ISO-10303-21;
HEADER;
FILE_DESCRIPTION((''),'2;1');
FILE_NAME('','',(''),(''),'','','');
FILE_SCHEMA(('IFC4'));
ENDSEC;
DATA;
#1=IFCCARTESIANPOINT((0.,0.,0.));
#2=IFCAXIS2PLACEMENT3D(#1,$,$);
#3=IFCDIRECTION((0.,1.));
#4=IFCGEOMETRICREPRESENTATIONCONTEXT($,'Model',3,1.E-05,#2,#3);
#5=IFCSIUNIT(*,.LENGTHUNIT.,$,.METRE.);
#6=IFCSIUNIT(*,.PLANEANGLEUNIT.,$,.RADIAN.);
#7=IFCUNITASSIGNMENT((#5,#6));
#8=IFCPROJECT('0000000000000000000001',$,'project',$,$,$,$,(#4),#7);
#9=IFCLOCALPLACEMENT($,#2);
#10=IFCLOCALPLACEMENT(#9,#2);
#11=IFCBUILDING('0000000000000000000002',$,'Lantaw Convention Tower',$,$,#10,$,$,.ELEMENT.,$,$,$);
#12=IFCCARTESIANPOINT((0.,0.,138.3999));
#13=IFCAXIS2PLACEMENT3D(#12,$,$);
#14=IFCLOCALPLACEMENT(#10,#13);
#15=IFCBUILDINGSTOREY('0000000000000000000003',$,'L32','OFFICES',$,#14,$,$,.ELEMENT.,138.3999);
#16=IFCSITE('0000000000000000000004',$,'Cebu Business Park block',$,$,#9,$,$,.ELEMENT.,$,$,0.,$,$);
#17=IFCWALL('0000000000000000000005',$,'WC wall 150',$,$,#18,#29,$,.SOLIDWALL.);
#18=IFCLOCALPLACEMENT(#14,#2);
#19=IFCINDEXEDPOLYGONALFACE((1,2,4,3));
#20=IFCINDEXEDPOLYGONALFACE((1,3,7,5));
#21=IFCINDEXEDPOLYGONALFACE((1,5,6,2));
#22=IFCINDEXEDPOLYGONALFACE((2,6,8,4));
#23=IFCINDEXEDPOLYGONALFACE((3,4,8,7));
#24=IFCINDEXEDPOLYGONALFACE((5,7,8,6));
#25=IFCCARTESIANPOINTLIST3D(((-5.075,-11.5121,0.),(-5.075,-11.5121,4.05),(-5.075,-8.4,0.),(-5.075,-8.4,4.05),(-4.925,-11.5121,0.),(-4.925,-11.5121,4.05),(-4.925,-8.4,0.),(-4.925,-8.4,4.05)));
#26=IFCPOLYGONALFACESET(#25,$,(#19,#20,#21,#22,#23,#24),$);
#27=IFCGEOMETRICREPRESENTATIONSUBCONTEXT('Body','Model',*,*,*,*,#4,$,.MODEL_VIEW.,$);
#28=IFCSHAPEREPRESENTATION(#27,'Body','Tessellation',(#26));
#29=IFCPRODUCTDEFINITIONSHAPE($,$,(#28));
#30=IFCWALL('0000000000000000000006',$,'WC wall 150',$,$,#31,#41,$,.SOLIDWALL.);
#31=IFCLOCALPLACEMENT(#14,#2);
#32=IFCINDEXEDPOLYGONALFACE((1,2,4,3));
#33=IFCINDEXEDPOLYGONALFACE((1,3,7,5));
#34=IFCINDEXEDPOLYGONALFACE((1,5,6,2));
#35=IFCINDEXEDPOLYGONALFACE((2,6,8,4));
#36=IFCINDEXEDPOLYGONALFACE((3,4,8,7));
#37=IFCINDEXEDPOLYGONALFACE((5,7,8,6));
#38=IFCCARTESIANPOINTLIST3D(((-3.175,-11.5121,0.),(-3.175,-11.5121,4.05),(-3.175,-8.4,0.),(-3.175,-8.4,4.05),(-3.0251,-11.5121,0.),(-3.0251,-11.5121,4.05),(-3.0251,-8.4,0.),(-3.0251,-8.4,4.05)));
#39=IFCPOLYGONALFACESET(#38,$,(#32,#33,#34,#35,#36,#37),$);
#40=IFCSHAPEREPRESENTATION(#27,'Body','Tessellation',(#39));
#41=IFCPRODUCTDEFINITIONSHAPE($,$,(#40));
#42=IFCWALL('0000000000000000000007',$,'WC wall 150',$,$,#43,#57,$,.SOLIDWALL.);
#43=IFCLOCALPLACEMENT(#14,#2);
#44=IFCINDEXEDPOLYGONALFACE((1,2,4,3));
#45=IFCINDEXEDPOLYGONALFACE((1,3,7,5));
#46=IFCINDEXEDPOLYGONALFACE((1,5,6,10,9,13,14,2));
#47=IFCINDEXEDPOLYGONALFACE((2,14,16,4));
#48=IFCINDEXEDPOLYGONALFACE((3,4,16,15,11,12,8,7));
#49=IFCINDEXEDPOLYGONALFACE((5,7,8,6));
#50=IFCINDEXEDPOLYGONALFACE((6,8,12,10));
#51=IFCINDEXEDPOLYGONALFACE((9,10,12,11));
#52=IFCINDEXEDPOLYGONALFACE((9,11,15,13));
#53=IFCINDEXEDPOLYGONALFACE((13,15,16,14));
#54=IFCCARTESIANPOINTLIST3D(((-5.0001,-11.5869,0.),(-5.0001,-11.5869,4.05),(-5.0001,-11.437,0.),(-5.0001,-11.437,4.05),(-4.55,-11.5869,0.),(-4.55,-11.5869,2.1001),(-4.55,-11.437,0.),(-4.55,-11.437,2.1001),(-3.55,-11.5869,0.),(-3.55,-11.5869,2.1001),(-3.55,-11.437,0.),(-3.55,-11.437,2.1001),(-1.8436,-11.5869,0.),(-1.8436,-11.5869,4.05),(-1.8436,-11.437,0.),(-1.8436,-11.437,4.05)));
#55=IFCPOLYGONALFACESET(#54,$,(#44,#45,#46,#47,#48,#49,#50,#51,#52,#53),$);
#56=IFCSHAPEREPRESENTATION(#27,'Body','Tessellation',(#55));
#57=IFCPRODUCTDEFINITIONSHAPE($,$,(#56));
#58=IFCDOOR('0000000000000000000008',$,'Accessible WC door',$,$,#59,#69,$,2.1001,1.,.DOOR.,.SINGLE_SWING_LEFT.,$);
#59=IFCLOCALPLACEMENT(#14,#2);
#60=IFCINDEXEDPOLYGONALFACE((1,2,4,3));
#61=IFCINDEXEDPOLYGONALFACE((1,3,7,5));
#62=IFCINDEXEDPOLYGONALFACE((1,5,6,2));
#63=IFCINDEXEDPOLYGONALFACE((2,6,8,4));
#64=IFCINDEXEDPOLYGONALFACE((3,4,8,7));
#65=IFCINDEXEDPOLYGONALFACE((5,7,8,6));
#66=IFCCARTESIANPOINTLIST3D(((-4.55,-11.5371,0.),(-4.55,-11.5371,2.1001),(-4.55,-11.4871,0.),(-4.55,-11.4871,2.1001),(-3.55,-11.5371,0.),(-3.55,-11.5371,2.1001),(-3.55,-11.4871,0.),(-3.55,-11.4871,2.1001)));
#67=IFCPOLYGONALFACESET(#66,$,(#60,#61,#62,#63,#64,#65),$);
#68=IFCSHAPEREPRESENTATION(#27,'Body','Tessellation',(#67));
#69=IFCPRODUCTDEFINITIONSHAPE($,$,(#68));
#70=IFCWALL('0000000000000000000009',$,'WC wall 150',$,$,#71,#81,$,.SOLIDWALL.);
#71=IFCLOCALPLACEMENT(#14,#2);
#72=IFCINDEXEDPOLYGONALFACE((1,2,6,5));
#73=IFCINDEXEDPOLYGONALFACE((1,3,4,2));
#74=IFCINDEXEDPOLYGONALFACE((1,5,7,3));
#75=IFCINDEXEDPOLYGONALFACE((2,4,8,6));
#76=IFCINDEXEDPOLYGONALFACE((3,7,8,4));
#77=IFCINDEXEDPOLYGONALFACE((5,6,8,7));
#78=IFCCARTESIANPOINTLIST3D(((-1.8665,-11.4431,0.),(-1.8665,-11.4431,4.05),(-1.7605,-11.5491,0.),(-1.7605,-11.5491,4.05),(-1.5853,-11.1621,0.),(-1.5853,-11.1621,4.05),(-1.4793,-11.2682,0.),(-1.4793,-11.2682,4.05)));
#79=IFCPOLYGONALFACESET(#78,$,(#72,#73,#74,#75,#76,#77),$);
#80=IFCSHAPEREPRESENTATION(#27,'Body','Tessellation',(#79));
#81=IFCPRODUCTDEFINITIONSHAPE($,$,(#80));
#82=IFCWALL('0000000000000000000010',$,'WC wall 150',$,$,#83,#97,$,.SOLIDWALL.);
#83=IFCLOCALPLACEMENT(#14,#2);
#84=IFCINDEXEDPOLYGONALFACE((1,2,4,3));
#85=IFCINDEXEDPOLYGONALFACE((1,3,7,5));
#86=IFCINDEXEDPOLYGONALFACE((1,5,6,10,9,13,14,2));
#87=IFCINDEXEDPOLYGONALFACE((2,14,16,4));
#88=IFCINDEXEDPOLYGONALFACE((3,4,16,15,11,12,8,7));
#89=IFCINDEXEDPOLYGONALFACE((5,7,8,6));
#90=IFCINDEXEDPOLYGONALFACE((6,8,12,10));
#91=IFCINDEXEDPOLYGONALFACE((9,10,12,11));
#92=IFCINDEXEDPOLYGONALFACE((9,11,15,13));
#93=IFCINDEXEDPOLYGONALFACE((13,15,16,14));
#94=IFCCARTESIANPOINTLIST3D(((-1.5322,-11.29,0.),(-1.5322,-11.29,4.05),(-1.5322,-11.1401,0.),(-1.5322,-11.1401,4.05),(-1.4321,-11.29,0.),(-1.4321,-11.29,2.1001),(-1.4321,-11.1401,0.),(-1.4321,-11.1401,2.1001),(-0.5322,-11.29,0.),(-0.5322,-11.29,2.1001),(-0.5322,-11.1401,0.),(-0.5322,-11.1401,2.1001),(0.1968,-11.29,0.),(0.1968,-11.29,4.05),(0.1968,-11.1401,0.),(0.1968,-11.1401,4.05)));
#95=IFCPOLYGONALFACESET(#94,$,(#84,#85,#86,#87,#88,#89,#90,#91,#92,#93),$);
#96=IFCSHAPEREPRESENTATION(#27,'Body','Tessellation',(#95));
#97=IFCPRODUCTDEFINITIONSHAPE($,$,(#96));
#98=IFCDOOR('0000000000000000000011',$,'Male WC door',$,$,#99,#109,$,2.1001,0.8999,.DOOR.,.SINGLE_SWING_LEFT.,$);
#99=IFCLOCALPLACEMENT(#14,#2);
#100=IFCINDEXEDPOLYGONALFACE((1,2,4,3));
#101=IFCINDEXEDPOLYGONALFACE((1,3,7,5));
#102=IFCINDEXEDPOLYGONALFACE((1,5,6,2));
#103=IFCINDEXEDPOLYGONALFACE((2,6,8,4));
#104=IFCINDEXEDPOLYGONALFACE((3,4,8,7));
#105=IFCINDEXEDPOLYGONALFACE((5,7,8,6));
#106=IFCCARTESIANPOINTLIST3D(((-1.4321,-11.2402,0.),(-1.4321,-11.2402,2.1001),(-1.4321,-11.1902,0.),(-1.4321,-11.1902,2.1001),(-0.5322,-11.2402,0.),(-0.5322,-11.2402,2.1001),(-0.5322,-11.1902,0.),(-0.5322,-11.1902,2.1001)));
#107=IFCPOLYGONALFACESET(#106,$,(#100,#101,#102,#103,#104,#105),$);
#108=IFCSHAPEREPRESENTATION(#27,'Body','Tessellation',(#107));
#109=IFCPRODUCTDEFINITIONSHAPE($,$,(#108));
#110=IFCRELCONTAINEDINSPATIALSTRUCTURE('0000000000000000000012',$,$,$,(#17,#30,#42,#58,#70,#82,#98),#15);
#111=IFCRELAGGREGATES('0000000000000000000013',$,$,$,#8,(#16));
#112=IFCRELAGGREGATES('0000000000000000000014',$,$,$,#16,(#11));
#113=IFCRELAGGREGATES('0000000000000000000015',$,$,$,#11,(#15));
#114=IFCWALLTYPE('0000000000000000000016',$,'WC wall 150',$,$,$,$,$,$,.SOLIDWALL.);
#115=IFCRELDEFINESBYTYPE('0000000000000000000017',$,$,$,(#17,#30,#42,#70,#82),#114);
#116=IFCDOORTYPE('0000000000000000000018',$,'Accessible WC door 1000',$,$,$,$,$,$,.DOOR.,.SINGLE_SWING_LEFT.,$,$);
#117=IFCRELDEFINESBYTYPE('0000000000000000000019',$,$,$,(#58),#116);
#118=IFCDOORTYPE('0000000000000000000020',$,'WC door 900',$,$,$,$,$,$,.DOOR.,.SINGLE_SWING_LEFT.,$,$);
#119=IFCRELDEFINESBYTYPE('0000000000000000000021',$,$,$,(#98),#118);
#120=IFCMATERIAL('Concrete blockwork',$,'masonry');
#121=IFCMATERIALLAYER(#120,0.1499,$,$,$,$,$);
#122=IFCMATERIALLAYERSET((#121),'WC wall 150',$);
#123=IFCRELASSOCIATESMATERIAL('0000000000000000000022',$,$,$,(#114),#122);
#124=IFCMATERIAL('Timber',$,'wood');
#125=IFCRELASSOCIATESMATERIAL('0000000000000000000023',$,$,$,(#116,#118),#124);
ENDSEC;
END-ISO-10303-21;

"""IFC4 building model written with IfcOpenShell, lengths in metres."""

from ifc_helpers import new_model, si_unit, direction, frame, frame_2d, origin, place, context, subcontext, project, spatial, rectangle, extrude, material, layer, layer_set, type_object, element, fill, save


model = new_model("IFC4")

# Units and contexts
model_context = context("Model", 3, precision=1e-05, world=origin(), true_north=direction((0.0, 1.0)))
body_context = subcontext(model_context, "Body", "Model", "MODEL_VIEW")
ifc_project = project(units=[si_unit("LENGTHUNIT", "METRE"), si_unit("PLANEANGLEUNIT", "RADIAN")], contexts=[model_context])

# Site, building, storey
site_placement = place(None, origin())
site = spatial("IfcSite", under=ifc_project, at=site_placement, Name="Cebu Business Park block", CompositionType="ELEMENT", RefElevation=0.0)
building_placement = place(site_placement, origin())
building = spatial("IfcBuilding", under=site, at=building_placement, Name="Lantaw Convention Tower", CompositionType="ELEMENT")
storey_placement = place(building_placement, frame((0.0, 0.0, 138.3999)))
storey = spatial("IfcBuildingStorey", under=building, at=storey_placement, Name="L32", Description="OFFICES", CompositionType="ELEMENT", Elevation=138.3999)

# Walls
ifc_material_1 = material(Name="Concrete blockwork", Category="masonry")
ifc_layer_1 = layer(ifc_material_1, 0.1499)
ifc_layer_set_1 = layer_set([ifc_layer_1], Name="WC wall 150")
wall_type_1 = type_object("IfcWallType", Name="WC wall 150", PredefinedType="SOLIDWALL", material=ifc_layer_set_1)
for number, where, z_axis, x_axis, name in (
    (1, (-5.0, -8.3999, 0.0), (0.0, 0.0, 1.0), (0.0, -1.0, 0.0), "WC wall 150"),
    (2, (-3.1001, -8.3999, 0.0), (0.0, 0.0, 1.0), (0.0, -1.0, 0.0), "WC wall 150"),
):
    element("IfcWall", number, at=place(storey_placement, frame(where, z_axis=z_axis, x_axis=x_axis)), inside=storey, type_object=wall_type_1, Name=name, PredefinedType="SOLIDWALL", context=body_context, shape_type="SweptSolid", body=[
        extrude(rectangle(XDim=3.1121, YDim=0.1499, at=frame_2d((1.5562, 0.0))), origin(), (0.0, 0.0, 1.0), 4.05),
    ])

# Wall, opening, door
wall_1_placement = place(storey_placement, frame((-5.0, -11.512, 0.0), z_axis=(0.0, 0.0, 1.0), x_axis=(1.0, 0.0, 0.0)))
wall_1 = element("IfcWall", 3, at=wall_1_placement, inside=storey, type_object=wall_type_1, Name="WC wall 150", PredefinedType="SOLIDWALL", context=body_context, shape_type="SweptSolid", body=[
    extrude(rectangle(XDim=3.1565, YDim=0.1499, at=frame_2d((1.5781, 0.0))), origin(), (0.0, 0.0, 1.0), 4.05),
])
opening_1_placement = place(wall_1_placement, frame((0.45, 0.0, 0.0)))
opening_1 = element("IfcOpeningElement", 4, at=opening_1_placement, cuts=wall_1, PredefinedType="OPENING", context=body_context, shape_type="SweptSolid", body=[
    extrude(rectangle(XDim=1.0, YDim=2.1001, at=frame_2d((0.5, 1.05))), frame((0.0, 0.085, 0.0), z_axis=(0.0, -1.0, 0.0), x_axis=(1.0, 0.0, 0.0)), (0.0, 0.0, 1.0), 0.1699),
])
ifc_material_2 = material(Name="Timber", Category="wood")
door_type_1 = type_object("IfcDoorType", Name="Accessible WC door 1000", OperationType="SINGLE_SWING_LEFT", PredefinedType="DOOR", material=ifc_material_2)
door_1_placement = place(opening_1_placement, origin())
door_1 = element("IfcDoor", 5, at=door_1_placement, inside=storey, type_object=door_type_1, Name="Accessible WC door", OperationType="SINGLE_SWING_LEFT", OverallHeight=2.1001, OverallWidth=1.0, PredefinedType="DOOR", context=body_context, shape_type="SweptSolid", body=[
    extrude(rectangle(XDim=1.0, YDim=2.1001, at=frame_2d((0.5, 1.05))), frame((0.0, 0.0249, 0.0), z_axis=(0.0, -1.0, 0.0), x_axis=(1.0, 0.0, 0.0)), (0.0, 0.0, 1.0), 0.05),
])
fill(opening_1, door_1)

# Wall
wall_2_placement = place(storey_placement, frame((-1.8135, -11.4961, 0.0), z_axis=(0.0, 0.0, 1.0), x_axis=(0.707414, 0.7068, 0.0)))
element("IfcWall", 6, at=wall_2_placement, inside=storey, type_object=wall_type_1, Name="WC wall 150", PredefinedType="SOLIDWALL", context=body_context, shape_type="SweptSolid", body=[
    extrude(rectangle(XDim=0.3975, YDim=0.1499, at=frame_2d((0.1987, 0.0))), origin(), (0.0, 0.0, 1.0), 4.05),
])

# Wall, opening, door
wall_3_placement = place(storey_placement, frame((-1.5322, -11.2151, 0.0), z_axis=(0.0, 0.0, 1.0), x_axis=(1.0, 0.0, 0.0)))
wall_3 = element("IfcWall", 7, at=wall_3_placement, inside=storey, type_object=wall_type_1, Name="WC wall 150", PredefinedType="SOLIDWALL", context=body_context, shape_type="SweptSolid", body=[
    extrude(rectangle(XDim=1.729, YDim=0.1499, at=frame_2d((0.8645, 0.0))), origin(), (0.0, 0.0, 1.0), 4.05),
])
opening_2_placement = place(wall_3_placement, frame((0.1001, 0.0, 0.0)))
opening_2 = element("IfcOpeningElement", 8, at=opening_2_placement, cuts=wall_3, PredefinedType="OPENING", context=body_context, shape_type="SweptSolid", body=[
    extrude(rectangle(XDim=0.8999, YDim=2.1001, at=frame_2d((0.45, 1.05))), frame((0.0, 0.085, 0.0), z_axis=(0.0, -1.0, 0.0), x_axis=(1.0, 0.0, 0.0)), (0.0, 0.0, 1.0), 0.1699),
])
door_type_2 = type_object("IfcDoorType", Name="WC door 900", OperationType="SINGLE_SWING_LEFT", PredefinedType="DOOR", material=ifc_material_2)
door_2_placement = place(opening_2_placement, origin())
door_2 = element("IfcDoor", 9, at=door_2_placement, inside=storey, type_object=door_type_2, Name="Male WC door", OperationType="SINGLE_SWING_LEFT", OverallHeight=2.1001, OverallWidth=0.8999, PredefinedType="DOOR", context=body_context, shape_type="SweptSolid", body=[
    extrude(rectangle(XDim=0.8999, YDim=2.1001, at=frame_2d((0.45, 1.05))), frame((0.0, 0.0249, 0.0), z_axis=(0.0, -1.0, 0.0), x_axis=(1.0, 0.0, 0.0)), (0.0, 0.0, 1.0), 0.05),
])
fill(opening_2, door_2)

save(model, "model.ifc")
